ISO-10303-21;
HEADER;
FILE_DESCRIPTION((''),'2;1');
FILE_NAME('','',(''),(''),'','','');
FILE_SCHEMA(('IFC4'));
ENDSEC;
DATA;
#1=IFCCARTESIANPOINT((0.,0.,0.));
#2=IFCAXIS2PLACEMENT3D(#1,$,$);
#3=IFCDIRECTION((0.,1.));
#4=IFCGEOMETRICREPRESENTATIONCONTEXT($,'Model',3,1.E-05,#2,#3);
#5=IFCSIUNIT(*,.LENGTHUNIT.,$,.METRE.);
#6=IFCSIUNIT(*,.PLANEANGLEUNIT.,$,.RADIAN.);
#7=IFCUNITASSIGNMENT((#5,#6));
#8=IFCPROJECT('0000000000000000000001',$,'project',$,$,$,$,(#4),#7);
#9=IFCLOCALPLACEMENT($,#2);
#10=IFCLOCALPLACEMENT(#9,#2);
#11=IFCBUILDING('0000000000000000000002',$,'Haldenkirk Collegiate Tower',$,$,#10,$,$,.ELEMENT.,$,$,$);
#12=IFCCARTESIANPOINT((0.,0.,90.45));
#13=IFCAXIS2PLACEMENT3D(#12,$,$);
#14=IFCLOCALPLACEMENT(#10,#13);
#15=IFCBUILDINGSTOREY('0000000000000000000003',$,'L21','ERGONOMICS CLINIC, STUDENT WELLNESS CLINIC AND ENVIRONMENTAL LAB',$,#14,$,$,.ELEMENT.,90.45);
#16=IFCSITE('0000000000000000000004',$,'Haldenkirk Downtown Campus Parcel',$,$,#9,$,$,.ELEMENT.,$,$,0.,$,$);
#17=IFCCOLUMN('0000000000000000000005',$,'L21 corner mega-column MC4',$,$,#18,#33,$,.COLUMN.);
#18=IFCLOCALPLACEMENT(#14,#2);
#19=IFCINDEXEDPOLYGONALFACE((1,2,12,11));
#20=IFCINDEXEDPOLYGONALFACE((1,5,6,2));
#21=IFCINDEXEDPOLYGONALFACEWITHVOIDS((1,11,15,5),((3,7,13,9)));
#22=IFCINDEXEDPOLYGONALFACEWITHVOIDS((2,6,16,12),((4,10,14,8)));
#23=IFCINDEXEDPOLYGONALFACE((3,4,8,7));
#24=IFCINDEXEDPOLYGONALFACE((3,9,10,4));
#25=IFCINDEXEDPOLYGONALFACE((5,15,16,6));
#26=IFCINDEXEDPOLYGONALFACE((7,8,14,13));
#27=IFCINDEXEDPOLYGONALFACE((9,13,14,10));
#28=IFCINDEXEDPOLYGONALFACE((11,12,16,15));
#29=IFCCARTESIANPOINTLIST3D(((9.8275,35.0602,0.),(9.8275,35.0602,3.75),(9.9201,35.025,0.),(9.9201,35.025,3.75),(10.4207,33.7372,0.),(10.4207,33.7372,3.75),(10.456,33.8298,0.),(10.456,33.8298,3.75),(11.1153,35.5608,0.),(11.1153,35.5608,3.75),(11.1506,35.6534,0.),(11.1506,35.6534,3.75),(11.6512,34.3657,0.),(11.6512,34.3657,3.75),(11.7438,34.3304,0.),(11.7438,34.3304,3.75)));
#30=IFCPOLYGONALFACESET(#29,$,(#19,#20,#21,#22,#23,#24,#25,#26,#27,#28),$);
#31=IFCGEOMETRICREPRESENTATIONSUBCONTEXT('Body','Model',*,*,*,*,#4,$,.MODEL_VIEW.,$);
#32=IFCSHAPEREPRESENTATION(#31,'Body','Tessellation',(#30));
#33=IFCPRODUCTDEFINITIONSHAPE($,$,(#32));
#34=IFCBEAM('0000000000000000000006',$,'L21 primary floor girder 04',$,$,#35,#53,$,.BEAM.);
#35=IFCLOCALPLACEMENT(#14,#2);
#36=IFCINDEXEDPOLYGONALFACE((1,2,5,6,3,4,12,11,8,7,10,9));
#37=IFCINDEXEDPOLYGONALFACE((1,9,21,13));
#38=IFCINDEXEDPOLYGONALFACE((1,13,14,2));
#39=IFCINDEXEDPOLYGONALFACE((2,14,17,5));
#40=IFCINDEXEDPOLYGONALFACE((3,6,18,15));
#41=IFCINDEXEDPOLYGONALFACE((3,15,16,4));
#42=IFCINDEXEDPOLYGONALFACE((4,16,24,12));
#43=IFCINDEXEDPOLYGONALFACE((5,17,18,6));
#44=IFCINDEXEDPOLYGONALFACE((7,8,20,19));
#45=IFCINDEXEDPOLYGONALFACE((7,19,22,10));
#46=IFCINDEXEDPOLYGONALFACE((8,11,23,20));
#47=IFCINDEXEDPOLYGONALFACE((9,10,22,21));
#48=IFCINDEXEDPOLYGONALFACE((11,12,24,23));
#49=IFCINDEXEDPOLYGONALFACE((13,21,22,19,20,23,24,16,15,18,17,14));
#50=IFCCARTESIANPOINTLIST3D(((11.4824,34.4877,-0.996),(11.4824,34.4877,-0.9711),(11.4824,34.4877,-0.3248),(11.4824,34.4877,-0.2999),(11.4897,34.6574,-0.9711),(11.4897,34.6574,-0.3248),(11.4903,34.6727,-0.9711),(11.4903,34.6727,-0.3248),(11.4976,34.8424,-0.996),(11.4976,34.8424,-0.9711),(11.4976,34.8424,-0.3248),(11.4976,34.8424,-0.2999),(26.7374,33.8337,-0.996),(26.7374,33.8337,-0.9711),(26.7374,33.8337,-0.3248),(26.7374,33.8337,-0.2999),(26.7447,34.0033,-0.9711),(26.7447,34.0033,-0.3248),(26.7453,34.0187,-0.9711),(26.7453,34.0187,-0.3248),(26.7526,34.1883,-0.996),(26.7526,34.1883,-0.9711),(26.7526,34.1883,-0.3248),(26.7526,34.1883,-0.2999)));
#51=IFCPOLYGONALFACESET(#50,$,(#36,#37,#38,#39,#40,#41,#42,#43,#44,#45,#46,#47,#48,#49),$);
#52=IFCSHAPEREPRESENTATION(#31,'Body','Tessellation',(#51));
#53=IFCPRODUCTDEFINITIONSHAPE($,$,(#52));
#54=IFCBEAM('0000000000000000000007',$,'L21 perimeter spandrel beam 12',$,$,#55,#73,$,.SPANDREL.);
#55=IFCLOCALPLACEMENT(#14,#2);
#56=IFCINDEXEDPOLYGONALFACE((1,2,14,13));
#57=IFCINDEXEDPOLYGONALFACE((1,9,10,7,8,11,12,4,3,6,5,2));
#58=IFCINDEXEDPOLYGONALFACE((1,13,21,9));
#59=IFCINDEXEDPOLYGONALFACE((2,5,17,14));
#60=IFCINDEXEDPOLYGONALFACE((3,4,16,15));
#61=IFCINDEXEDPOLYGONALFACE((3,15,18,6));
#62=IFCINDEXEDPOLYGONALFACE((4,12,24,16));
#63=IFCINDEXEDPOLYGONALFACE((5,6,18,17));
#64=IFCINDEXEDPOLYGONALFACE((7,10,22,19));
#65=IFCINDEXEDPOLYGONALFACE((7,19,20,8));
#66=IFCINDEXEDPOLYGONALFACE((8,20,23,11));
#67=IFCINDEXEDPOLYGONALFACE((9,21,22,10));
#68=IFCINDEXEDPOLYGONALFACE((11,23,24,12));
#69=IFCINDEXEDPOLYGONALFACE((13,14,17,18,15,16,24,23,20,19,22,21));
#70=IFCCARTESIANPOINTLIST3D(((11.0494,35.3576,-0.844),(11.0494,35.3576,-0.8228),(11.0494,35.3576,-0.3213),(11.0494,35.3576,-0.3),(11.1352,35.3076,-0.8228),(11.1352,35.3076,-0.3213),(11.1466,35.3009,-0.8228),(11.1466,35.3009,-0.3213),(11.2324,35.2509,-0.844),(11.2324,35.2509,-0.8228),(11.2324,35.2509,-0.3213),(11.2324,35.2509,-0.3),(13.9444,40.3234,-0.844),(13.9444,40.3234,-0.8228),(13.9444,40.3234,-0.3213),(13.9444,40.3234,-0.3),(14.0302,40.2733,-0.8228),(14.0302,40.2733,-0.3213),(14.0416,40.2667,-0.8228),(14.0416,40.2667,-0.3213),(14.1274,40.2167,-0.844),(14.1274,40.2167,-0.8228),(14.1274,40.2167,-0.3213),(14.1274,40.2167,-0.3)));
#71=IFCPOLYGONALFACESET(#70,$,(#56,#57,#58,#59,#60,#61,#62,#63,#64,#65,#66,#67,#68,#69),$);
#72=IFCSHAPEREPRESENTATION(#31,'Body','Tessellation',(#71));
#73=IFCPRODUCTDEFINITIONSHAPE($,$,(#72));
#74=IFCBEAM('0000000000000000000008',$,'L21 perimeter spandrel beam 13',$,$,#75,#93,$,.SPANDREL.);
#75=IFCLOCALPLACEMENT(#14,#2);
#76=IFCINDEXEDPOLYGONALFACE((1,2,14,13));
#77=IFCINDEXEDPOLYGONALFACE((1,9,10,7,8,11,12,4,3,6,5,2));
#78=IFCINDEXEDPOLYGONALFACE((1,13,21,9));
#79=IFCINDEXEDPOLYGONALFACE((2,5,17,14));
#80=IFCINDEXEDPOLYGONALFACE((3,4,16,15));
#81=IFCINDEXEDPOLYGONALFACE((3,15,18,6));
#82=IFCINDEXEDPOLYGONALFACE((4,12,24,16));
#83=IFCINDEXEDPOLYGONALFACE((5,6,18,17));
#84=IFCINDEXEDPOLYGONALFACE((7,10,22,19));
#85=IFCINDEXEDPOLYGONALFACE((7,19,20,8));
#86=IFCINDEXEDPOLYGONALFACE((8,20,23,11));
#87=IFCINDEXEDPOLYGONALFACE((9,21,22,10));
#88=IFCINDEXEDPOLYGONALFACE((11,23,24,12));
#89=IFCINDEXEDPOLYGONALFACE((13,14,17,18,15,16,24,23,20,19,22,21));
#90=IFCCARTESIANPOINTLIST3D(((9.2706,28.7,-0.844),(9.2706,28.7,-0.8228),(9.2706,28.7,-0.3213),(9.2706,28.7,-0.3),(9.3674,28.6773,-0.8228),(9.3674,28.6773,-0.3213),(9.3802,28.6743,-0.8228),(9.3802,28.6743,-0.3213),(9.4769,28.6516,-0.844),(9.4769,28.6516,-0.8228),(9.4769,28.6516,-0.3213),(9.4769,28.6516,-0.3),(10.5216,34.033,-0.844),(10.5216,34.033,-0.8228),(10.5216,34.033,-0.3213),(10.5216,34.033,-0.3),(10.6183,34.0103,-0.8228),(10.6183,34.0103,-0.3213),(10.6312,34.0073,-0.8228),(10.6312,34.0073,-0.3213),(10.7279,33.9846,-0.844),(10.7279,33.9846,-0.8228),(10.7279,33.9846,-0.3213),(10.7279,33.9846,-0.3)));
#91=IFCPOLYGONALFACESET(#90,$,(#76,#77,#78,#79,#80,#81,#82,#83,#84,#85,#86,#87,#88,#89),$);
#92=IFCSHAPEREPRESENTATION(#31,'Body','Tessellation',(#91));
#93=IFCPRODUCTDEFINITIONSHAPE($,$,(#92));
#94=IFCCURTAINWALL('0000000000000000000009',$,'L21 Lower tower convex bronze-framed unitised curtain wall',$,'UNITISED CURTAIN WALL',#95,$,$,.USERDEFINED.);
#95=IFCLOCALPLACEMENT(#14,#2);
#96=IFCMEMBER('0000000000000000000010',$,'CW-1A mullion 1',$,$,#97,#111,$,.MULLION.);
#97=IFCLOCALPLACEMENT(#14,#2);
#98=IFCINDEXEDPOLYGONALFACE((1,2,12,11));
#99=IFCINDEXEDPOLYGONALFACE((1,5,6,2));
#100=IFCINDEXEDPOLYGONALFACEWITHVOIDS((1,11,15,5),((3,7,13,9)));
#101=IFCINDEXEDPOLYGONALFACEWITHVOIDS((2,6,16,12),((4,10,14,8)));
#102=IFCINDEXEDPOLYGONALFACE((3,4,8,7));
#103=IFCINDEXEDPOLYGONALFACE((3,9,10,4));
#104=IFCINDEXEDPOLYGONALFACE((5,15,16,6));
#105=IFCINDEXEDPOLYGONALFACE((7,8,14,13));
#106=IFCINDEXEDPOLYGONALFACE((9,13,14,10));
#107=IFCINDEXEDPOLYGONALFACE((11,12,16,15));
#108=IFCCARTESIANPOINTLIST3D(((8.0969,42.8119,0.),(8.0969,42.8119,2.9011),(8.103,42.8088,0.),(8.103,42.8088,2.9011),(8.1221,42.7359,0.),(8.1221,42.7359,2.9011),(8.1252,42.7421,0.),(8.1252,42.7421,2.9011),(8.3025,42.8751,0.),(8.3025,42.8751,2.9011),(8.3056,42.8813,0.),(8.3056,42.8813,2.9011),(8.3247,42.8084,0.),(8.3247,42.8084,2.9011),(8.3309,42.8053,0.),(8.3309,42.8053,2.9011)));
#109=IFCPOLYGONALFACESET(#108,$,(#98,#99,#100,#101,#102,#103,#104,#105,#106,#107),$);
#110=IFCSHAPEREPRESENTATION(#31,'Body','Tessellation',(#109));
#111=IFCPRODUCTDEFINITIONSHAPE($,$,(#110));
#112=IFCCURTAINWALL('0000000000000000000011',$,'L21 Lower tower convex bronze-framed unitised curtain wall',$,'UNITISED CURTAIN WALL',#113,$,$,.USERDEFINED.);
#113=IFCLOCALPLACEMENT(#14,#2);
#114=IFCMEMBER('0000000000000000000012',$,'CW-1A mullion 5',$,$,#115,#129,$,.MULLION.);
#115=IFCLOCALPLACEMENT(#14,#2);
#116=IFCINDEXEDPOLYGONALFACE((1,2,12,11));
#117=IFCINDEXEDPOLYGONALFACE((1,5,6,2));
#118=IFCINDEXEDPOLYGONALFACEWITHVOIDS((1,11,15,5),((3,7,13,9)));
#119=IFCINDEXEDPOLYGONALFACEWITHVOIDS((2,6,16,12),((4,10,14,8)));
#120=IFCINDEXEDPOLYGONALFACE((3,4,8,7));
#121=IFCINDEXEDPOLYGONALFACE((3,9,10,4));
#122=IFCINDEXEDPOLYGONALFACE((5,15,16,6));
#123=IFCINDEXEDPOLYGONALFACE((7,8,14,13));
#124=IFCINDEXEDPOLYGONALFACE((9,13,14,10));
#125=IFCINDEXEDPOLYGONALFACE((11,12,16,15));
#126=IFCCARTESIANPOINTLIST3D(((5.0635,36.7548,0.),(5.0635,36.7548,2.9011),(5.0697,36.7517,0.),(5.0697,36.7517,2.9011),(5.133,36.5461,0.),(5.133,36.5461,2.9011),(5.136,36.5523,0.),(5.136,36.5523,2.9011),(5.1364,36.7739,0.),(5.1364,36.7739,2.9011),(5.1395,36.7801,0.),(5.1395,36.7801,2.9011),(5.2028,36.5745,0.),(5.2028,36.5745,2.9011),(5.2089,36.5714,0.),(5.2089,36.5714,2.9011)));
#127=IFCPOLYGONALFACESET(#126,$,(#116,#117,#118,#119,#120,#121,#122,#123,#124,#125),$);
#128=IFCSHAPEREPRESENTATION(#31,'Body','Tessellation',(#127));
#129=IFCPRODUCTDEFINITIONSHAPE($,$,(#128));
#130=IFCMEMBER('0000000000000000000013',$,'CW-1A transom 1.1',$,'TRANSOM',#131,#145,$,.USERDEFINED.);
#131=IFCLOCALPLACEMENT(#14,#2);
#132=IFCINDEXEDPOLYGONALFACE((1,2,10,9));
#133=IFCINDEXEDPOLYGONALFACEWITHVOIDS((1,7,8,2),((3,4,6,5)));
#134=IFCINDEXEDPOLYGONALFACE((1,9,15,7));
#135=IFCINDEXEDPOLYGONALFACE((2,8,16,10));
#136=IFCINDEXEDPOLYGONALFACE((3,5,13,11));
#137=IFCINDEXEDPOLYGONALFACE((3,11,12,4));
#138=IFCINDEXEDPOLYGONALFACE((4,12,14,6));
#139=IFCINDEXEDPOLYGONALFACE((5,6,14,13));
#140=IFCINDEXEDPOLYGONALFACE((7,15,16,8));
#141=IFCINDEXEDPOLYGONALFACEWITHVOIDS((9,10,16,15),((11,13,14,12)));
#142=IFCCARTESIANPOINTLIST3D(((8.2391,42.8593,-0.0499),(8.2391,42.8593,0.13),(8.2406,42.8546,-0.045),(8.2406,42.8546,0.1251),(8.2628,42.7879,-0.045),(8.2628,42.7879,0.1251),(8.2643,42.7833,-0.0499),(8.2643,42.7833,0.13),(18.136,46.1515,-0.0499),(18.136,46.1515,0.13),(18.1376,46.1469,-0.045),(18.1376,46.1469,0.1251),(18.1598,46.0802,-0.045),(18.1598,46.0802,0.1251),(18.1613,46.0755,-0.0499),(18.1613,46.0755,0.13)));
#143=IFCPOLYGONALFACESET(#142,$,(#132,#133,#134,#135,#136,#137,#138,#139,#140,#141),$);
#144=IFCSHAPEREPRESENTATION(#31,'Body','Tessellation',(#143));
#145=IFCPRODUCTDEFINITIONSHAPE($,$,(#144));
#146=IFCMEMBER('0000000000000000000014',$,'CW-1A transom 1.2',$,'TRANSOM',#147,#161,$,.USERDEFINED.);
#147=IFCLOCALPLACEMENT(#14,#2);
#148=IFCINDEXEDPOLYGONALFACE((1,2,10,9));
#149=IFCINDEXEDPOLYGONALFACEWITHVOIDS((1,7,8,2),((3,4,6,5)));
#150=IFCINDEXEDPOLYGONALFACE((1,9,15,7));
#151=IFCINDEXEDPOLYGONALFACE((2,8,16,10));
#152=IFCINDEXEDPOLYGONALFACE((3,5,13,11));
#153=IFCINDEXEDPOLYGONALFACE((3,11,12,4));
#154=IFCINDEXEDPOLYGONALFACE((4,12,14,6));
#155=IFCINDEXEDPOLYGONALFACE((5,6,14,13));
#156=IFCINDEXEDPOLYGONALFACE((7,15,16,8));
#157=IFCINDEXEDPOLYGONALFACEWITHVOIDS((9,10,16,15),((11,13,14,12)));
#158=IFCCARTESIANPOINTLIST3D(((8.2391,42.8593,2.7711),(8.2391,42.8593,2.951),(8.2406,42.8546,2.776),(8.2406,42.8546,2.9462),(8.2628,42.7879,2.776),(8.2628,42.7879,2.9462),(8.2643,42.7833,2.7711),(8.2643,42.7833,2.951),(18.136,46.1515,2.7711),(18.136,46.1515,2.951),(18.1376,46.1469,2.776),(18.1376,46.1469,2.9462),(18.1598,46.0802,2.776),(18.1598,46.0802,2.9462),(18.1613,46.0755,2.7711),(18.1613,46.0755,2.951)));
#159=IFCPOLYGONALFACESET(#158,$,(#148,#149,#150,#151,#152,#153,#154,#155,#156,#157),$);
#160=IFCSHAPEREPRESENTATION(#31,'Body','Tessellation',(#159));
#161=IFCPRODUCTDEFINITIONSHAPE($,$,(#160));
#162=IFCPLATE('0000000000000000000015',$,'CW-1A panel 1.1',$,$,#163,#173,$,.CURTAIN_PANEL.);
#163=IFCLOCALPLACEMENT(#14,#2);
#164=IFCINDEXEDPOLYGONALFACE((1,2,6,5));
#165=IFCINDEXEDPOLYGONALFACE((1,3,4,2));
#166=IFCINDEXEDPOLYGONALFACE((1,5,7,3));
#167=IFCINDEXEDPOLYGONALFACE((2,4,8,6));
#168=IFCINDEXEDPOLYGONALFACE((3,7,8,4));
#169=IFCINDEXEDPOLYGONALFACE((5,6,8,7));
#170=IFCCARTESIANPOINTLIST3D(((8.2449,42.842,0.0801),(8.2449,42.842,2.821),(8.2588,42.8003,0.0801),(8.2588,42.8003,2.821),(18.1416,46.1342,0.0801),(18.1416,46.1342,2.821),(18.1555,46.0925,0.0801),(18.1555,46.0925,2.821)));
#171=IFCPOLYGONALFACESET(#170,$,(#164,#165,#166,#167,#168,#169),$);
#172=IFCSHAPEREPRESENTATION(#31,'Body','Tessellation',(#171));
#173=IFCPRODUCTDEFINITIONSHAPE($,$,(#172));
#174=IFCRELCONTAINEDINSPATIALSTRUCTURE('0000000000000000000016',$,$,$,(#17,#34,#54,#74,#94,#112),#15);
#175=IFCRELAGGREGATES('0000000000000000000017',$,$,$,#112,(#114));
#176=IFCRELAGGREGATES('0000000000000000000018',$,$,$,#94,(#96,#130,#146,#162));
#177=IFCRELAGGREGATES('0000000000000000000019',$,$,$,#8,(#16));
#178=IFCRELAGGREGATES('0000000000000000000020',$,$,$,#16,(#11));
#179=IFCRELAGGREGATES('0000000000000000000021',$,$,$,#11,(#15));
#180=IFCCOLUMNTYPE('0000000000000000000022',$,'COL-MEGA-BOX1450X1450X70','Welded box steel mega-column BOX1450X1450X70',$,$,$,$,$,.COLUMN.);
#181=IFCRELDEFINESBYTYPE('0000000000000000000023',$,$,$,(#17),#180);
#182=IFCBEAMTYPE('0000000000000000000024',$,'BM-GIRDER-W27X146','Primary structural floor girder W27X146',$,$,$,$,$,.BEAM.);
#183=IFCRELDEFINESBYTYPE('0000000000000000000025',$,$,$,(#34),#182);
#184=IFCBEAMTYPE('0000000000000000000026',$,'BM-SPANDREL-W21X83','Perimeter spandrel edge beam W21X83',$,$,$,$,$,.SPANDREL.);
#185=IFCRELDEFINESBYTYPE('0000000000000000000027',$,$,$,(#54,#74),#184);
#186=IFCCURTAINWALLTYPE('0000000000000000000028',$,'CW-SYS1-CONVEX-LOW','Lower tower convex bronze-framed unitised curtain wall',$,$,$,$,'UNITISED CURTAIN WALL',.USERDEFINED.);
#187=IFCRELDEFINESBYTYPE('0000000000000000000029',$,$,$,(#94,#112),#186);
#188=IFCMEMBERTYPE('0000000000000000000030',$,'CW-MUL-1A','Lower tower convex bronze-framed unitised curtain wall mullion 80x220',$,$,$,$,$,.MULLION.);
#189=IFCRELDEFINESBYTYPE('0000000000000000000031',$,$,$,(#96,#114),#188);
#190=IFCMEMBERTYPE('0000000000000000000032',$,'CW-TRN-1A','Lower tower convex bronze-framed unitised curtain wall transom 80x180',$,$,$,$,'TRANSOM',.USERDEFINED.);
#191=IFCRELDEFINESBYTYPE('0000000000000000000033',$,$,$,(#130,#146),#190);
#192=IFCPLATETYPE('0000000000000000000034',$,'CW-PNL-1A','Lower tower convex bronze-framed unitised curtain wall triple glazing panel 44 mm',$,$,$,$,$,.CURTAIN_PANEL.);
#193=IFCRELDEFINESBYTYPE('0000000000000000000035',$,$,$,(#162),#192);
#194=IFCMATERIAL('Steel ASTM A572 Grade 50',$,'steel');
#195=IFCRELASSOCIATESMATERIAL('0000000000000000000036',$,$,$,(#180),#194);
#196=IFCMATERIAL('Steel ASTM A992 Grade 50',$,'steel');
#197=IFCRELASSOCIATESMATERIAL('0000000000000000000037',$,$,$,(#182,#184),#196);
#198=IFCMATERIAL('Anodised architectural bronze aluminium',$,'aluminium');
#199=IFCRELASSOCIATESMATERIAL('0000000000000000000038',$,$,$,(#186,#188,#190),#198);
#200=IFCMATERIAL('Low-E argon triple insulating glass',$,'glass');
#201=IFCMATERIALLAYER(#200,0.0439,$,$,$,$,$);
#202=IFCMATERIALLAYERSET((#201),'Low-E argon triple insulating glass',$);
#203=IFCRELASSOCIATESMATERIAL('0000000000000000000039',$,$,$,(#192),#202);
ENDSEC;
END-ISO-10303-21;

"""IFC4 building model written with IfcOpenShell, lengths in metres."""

from ifc_helpers import new_model, si_unit, direction, frame, origin, origin_2d, place, context, subcontext, project, spatial, rectangle, hollow_rectangle, i_section, extrude, source, transform, mapped, material, layer, layer_set, material_profile, profile_set, type_object, element, aggregate, save


model = new_model("IFC4")

# Units and contexts
model_context = context("Model", 3, precision=1e-05, world=origin(), true_north=direction((0.0, 1.0)))
body_context = subcontext(model_context, "Body", "Model", "MODEL_VIEW")
ifc_project = project(units=[si_unit("LENGTHUNIT", "METRE"), si_unit("PLANEANGLEUNIT", "RADIAN")], contexts=[model_context])

# Site, building, storey
site_placement = place(None, origin())
site = spatial("IfcSite", under=ifc_project, at=site_placement, Name="Haldenkirk Downtown Campus Parcel", CompositionType="ELEMENT", RefElevation=0.0)
building_placement = place(site_placement, origin())
building = spatial("IfcBuilding", under=site, at=building_placement, Name="Haldenkirk Collegiate Tower", CompositionType="ELEMENT")
storey_placement = place(building_placement, frame((0.0, 0.0, 90.45)))
storey = spatial("IfcBuildingStorey", under=building, at=storey_placement, Name="L21", Description="ERGONOMICS CLINIC, STUDENT WELLNESS CLINIC AND ENVIRONMENTAL LAB", CompositionType="ELEMENT", Elevation=90.45)

# Column
ifc_material_1 = material(Name="Steel ASTM A572 Grade 50", Category="steel")
ifc_material_profile_1 = material_profile(ifc_material_1, hollow_rectangle(XDim=1.45, YDim=1.45, WallThickness=0.0701, at=origin_2d()), Name="BOX1450X1450X70")
ifc_profile_set_1 = profile_set([ifc_material_profile_1], Name="Steel ASTM A572 Grade 50")
column_type = type_object("IfcColumnType", Name="COL-MEGA-BOX1450X1450X70", Description="Welded box steel mega-column BOX1450X1450X70", PredefinedType="COLUMN", material=ifc_profile_set_1)
column_placement = place(storey_placement, frame((10.7856, 34.6953, 0.0), z_axis=(0.0, 0.0, 1.0), x_axis=(0.912477, 0.409127, 0.0)))
element("IfcColumn", 1, at=column_placement, inside=storey, type_object=column_type, Name="L21 corner mega-column MC4", PredefinedType="COLUMN", context=body_context, shape_type="SweptSolid", body=[
    extrude(hollow_rectangle(XDim=1.45, YDim=1.45, WallThickness=0.0701, at=origin_2d()), origin(), (0.0, 0.0, 1.0), 3.75),
])

# Beams
ifc_material_2 = material(Name="Steel ASTM A992 Grade 50", Category="steel")
ifc_material_profile_2 = material_profile(ifc_material_2, i_section(OverallWidth=0.355, OverallDepth=0.696, WebThickness=0.0154, FlangeThickness=0.0249, at=origin_2d()), Name="W27X146")
ifc_profile_set_2 = profile_set([ifc_material_profile_2], Name="Steel ASTM A992 Grade 50")
beam_type_1 = type_object("IfcBeamType", Name="BM-GIRDER-W27X146", Description="Primary structural floor girder W27X146", PredefinedType="BEAM", material=ifc_profile_set_2)
beam_1_placement = place(storey_placement, frame((11.49, 34.665, -0.6479), z_axis=(0.999082, -0.042835, 0.0), x_axis=(0.042835, 0.999082, 0.0)))
element("IfcBeam", 2, at=beam_1_placement, inside=storey, type_object=beam_type_1, Name="L21 primary floor girder 04", PredefinedType="BEAM", context=body_context, shape_type="SweptSolid", body=[
    extrude(i_section(OverallWidth=0.355, OverallDepth=0.696, WebThickness=0.0154, FlangeThickness=0.0249, at=origin_2d()), origin(), (0.0, 0.0, 1.0), 15.269),
])
ifc_material_profile_3 = material_profile(ifc_material_2, i_section(OverallWidth=0.2119, OverallDepth=0.5439, WebThickness=0.0132, FlangeThickness=0.0212, at=origin_2d()), Name="W21X83")
ifc_profile_set_3 = profile_set([ifc_material_profile_3], Name="Steel ASTM A992 Grade 50")
beam_type_2 = type_object("IfcBeamType", Name="BM-SPANDREL-W21X83", Description="Perimeter spandrel edge beam W21X83", PredefinedType="SPANDREL", material=ifc_profile_set_3)
beam_2_placement = place(storey_placement, frame((14.0359, 40.27, -0.572), z_axis=(-0.503649, -0.863908, 0.0), x_axis=(0.863908, -0.503649, 0.0)))
element("IfcBeam", 3, at=beam_2_placement, inside=storey, type_object=beam_type_2, Name="L21 perimeter spandrel beam 12", PredefinedType="SPANDREL", context=body_context, shape_type="SweptSolid", body=[
    extrude(i_section(OverallWidth=0.2119, OverallDepth=0.5439, WebThickness=0.0132, FlangeThickness=0.0212, at=origin_2d()), origin(), (0.0, 0.0, 1.0), 5.748),
])
beam_3_placement = place(storey_placement, frame((10.6248, 34.0088, -0.572), z_axis=(-0.228374, -0.973574, 0.0), x_axis=(0.973574, -0.228374, 0.0)))
element("IfcBeam", 4, at=beam_3_placement, inside=storey, type_object=beam_type_2, Name="L21 perimeter spandrel beam 13", PredefinedType="SPANDREL", context=body_context, shape_type="SweptSolid", body=[
    extrude(i_section(OverallWidth=0.2119, OverallDepth=0.5439, WebThickness=0.0132, FlangeThickness=0.0212, at=origin_2d()), origin(), (0.0, 0.0, 1.0), 5.4778),
])

# Curtain walls, members
ifc_material_3 = material(Name="Anodised architectural bronze aluminium", Category="aluminium")
curtain_wall_type = type_object("IfcCurtainWallType", Name="CW-SYS1-CONVEX-LOW", Description="Lower tower convex bronze-framed unitised curtain wall", ElementType="UNITISED CURTAIN WALL", PredefinedType="USERDEFINED", material=ifc_material_3)
curtain_wall_1_placement = place(storey_placement, origin())
curtain_wall_1 = element("IfcCurtainWall", 5, at=curtain_wall_1_placement, inside=storey, type_object=curtain_wall_type, Name="L21 Lower tower convex bronze-framed unitised curtain wall", ObjectType="UNITISED CURTAIN WALL", PredefinedType="USERDEFINED")
ifc_material_profile_4 = material_profile(ifc_material_3, hollow_rectangle(XDim=0.0801, YDim=0.22, WallThickness=0.0049, at=origin_2d()), Name="CW-MUL-1A")
ifc_profile_set_4 = profile_set([ifc_material_profile_4], Name="Anodised architectural bronze aluminium")
member_type_1 = type_object("IfcMemberType", Name="CW-MUL-1A", Description="Lower tower convex bronze-framed unitised curtain wall mullion 80x220", PredefinedType="MULLION", material=ifc_profile_set_4)
member_1_placement = place(storey_placement, frame((8.2139, 42.8086, 0.0), z_axis=(0.0, 0.0, 1.0), x_axis=(-0.31565, 0.948876, 0.0)))
member_1 = element("IfcMember", 6, at=member_1_placement, type_object=member_type_1, Name="CW-1A mullion 1", PredefinedType="MULLION", context=body_context, shape_type="SweptSolid", body=[
    extrude(hollow_rectangle(XDim=0.0801, YDim=0.22, WallThickness=0.0049, at=origin_2d()), origin(), (0.0, 0.0, 1.0), 2.9011),
])
curtain_wall_2_placement = place(storey_placement, origin())
curtain_wall_2 = element("IfcCurtainWall", 7, at=curtain_wall_2_placement, inside=storey, type_object=curtain_wall_type, Name="L21 Lower tower convex bronze-framed unitised curtain wall", ObjectType="UNITISED CURTAIN WALL", PredefinedType="USERDEFINED")
member_2_placement = place(storey_placement, frame((5.1362, 36.6631, 0.0), z_axis=(0.0, 0.0, 1.0), x_axis=(-0.948876, -0.31565, 0.0)))
member_2 = element("IfcMember", 8, at=member_2_placement, type_object=member_type_1, Name="CW-1A mullion 5", PredefinedType="MULLION", context=body_context, shape_type="SweptSolid", body=[
    extrude(hollow_rectangle(XDim=0.0801, YDim=0.22, WallThickness=0.0049, at=origin_2d()), origin(), (0.0, 0.0, 1.0), 2.9011),
])
aggregate(curtain_wall_2, [member_2])

# Members
ifc_material_profile_5 = material_profile(ifc_material_3, hollow_rectangle(XDim=0.0801, YDim=0.1799, WallThickness=0.0049, at=origin_2d()), Name="CW-TRN-1A")
ifc_profile_set_5 = profile_set([ifc_material_profile_5], Name="Anodised architectural bronze aluminium")
member_type_2 = type_object("IfcMemberType", Name="CW-TRN-1A", Description="Lower tower convex bronze-framed unitised curtain wall transom 80x180", ElementType="TRANSOM", PredefinedType="USERDEFINED", material=ifc_profile_set_5)
member_3_placement = place(storey_placement, frame((8.2517, 42.8213, 0.04), z_axis=(0.948877, 0.315645, 0.0), x_axis=(-0.315645, 0.948877, 0.0)))
member_3 = element("IfcMember", 9, at=member_3_placement, type_object=member_type_2, Name="CW-1A transom 1.1", ObjectType="TRANSOM", PredefinedType="USERDEFINED", context=body_context, shape_type="SweptSolid", body=[
    extrude(hollow_rectangle(XDim=0.0801, YDim=0.1799, WallThickness=0.0049, at=origin_2d()), origin(), (0.0, 0.0, 1.0), 10.4302),
])
member_4_placement = place(storey_placement, frame((8.2517, 42.8213, 2.8611), z_axis=(0.948877, 0.315645, 0.0), x_axis=(-0.315645, 0.948877, 0.0)))
member_4 = element("IfcMember", 10, at=member_4_placement, type_object=member_type_2, Name="CW-1A transom 1.2", ObjectType="TRANSOM", PredefinedType="USERDEFINED", context=body_context, shape_type="SweptSolid", body=[
    extrude(hollow_rectangle(XDim=0.0801, YDim=0.1799, WallThickness=0.0049, at=origin_2d()), origin(), (0.0, 0.0, 1.0), 10.4302),
])

# Plate
ifc_material_4 = material(Name="Low-E argon triple insulating glass", Category="glass")
ifc_layer_1 = layer(ifc_material_4, 0.0439)
ifc_layer_set_1 = layer_set([ifc_layer_1], Name="Low-E argon triple insulating glass")
plate_type = type_object("IfcPlateType", Name="CW-PNL-1A", Description="Lower tower convex bronze-framed unitised curtain wall triple glazing panel 44 mm", PredefinedType="CURTAIN_PANEL", material=ifc_layer_set_1)
shared_shape_1 = source(origin(), body_context, "Body", "SweptSolid", [
    extrude(rectangle(XDim=10.4299, YDim=0.0439, at=origin_2d()), origin(), (0.0, 0.0, 1.0), 2.741),
])
plate_placement = place(storey_placement, frame((13.2002, 44.4673, 0.0801), z_axis=(0.0, 0.0, 1.0), x_axis=(0.948876, 0.31565, 0.0)))
plate = element("IfcPlate", 11, at=plate_placement, type_object=plate_type, Name="CW-1A panel 1.1", PredefinedType="CURTAIN_PANEL", context=body_context, shape_type="MappedRepresentation", body=[
    mapped(shared_shape_1, transform((0.0, 0.0, 0.0), x_axis=(1.0, 0.0, 0.0), y_axis=(0.0, 1.0, 0.0), z_axis=(0.0, 0.0, 1.0), scale=1.0)),
])
aggregate(curtain_wall_1, [member_1, member_3, member_4, plate])

save(model, "model.ifc")
